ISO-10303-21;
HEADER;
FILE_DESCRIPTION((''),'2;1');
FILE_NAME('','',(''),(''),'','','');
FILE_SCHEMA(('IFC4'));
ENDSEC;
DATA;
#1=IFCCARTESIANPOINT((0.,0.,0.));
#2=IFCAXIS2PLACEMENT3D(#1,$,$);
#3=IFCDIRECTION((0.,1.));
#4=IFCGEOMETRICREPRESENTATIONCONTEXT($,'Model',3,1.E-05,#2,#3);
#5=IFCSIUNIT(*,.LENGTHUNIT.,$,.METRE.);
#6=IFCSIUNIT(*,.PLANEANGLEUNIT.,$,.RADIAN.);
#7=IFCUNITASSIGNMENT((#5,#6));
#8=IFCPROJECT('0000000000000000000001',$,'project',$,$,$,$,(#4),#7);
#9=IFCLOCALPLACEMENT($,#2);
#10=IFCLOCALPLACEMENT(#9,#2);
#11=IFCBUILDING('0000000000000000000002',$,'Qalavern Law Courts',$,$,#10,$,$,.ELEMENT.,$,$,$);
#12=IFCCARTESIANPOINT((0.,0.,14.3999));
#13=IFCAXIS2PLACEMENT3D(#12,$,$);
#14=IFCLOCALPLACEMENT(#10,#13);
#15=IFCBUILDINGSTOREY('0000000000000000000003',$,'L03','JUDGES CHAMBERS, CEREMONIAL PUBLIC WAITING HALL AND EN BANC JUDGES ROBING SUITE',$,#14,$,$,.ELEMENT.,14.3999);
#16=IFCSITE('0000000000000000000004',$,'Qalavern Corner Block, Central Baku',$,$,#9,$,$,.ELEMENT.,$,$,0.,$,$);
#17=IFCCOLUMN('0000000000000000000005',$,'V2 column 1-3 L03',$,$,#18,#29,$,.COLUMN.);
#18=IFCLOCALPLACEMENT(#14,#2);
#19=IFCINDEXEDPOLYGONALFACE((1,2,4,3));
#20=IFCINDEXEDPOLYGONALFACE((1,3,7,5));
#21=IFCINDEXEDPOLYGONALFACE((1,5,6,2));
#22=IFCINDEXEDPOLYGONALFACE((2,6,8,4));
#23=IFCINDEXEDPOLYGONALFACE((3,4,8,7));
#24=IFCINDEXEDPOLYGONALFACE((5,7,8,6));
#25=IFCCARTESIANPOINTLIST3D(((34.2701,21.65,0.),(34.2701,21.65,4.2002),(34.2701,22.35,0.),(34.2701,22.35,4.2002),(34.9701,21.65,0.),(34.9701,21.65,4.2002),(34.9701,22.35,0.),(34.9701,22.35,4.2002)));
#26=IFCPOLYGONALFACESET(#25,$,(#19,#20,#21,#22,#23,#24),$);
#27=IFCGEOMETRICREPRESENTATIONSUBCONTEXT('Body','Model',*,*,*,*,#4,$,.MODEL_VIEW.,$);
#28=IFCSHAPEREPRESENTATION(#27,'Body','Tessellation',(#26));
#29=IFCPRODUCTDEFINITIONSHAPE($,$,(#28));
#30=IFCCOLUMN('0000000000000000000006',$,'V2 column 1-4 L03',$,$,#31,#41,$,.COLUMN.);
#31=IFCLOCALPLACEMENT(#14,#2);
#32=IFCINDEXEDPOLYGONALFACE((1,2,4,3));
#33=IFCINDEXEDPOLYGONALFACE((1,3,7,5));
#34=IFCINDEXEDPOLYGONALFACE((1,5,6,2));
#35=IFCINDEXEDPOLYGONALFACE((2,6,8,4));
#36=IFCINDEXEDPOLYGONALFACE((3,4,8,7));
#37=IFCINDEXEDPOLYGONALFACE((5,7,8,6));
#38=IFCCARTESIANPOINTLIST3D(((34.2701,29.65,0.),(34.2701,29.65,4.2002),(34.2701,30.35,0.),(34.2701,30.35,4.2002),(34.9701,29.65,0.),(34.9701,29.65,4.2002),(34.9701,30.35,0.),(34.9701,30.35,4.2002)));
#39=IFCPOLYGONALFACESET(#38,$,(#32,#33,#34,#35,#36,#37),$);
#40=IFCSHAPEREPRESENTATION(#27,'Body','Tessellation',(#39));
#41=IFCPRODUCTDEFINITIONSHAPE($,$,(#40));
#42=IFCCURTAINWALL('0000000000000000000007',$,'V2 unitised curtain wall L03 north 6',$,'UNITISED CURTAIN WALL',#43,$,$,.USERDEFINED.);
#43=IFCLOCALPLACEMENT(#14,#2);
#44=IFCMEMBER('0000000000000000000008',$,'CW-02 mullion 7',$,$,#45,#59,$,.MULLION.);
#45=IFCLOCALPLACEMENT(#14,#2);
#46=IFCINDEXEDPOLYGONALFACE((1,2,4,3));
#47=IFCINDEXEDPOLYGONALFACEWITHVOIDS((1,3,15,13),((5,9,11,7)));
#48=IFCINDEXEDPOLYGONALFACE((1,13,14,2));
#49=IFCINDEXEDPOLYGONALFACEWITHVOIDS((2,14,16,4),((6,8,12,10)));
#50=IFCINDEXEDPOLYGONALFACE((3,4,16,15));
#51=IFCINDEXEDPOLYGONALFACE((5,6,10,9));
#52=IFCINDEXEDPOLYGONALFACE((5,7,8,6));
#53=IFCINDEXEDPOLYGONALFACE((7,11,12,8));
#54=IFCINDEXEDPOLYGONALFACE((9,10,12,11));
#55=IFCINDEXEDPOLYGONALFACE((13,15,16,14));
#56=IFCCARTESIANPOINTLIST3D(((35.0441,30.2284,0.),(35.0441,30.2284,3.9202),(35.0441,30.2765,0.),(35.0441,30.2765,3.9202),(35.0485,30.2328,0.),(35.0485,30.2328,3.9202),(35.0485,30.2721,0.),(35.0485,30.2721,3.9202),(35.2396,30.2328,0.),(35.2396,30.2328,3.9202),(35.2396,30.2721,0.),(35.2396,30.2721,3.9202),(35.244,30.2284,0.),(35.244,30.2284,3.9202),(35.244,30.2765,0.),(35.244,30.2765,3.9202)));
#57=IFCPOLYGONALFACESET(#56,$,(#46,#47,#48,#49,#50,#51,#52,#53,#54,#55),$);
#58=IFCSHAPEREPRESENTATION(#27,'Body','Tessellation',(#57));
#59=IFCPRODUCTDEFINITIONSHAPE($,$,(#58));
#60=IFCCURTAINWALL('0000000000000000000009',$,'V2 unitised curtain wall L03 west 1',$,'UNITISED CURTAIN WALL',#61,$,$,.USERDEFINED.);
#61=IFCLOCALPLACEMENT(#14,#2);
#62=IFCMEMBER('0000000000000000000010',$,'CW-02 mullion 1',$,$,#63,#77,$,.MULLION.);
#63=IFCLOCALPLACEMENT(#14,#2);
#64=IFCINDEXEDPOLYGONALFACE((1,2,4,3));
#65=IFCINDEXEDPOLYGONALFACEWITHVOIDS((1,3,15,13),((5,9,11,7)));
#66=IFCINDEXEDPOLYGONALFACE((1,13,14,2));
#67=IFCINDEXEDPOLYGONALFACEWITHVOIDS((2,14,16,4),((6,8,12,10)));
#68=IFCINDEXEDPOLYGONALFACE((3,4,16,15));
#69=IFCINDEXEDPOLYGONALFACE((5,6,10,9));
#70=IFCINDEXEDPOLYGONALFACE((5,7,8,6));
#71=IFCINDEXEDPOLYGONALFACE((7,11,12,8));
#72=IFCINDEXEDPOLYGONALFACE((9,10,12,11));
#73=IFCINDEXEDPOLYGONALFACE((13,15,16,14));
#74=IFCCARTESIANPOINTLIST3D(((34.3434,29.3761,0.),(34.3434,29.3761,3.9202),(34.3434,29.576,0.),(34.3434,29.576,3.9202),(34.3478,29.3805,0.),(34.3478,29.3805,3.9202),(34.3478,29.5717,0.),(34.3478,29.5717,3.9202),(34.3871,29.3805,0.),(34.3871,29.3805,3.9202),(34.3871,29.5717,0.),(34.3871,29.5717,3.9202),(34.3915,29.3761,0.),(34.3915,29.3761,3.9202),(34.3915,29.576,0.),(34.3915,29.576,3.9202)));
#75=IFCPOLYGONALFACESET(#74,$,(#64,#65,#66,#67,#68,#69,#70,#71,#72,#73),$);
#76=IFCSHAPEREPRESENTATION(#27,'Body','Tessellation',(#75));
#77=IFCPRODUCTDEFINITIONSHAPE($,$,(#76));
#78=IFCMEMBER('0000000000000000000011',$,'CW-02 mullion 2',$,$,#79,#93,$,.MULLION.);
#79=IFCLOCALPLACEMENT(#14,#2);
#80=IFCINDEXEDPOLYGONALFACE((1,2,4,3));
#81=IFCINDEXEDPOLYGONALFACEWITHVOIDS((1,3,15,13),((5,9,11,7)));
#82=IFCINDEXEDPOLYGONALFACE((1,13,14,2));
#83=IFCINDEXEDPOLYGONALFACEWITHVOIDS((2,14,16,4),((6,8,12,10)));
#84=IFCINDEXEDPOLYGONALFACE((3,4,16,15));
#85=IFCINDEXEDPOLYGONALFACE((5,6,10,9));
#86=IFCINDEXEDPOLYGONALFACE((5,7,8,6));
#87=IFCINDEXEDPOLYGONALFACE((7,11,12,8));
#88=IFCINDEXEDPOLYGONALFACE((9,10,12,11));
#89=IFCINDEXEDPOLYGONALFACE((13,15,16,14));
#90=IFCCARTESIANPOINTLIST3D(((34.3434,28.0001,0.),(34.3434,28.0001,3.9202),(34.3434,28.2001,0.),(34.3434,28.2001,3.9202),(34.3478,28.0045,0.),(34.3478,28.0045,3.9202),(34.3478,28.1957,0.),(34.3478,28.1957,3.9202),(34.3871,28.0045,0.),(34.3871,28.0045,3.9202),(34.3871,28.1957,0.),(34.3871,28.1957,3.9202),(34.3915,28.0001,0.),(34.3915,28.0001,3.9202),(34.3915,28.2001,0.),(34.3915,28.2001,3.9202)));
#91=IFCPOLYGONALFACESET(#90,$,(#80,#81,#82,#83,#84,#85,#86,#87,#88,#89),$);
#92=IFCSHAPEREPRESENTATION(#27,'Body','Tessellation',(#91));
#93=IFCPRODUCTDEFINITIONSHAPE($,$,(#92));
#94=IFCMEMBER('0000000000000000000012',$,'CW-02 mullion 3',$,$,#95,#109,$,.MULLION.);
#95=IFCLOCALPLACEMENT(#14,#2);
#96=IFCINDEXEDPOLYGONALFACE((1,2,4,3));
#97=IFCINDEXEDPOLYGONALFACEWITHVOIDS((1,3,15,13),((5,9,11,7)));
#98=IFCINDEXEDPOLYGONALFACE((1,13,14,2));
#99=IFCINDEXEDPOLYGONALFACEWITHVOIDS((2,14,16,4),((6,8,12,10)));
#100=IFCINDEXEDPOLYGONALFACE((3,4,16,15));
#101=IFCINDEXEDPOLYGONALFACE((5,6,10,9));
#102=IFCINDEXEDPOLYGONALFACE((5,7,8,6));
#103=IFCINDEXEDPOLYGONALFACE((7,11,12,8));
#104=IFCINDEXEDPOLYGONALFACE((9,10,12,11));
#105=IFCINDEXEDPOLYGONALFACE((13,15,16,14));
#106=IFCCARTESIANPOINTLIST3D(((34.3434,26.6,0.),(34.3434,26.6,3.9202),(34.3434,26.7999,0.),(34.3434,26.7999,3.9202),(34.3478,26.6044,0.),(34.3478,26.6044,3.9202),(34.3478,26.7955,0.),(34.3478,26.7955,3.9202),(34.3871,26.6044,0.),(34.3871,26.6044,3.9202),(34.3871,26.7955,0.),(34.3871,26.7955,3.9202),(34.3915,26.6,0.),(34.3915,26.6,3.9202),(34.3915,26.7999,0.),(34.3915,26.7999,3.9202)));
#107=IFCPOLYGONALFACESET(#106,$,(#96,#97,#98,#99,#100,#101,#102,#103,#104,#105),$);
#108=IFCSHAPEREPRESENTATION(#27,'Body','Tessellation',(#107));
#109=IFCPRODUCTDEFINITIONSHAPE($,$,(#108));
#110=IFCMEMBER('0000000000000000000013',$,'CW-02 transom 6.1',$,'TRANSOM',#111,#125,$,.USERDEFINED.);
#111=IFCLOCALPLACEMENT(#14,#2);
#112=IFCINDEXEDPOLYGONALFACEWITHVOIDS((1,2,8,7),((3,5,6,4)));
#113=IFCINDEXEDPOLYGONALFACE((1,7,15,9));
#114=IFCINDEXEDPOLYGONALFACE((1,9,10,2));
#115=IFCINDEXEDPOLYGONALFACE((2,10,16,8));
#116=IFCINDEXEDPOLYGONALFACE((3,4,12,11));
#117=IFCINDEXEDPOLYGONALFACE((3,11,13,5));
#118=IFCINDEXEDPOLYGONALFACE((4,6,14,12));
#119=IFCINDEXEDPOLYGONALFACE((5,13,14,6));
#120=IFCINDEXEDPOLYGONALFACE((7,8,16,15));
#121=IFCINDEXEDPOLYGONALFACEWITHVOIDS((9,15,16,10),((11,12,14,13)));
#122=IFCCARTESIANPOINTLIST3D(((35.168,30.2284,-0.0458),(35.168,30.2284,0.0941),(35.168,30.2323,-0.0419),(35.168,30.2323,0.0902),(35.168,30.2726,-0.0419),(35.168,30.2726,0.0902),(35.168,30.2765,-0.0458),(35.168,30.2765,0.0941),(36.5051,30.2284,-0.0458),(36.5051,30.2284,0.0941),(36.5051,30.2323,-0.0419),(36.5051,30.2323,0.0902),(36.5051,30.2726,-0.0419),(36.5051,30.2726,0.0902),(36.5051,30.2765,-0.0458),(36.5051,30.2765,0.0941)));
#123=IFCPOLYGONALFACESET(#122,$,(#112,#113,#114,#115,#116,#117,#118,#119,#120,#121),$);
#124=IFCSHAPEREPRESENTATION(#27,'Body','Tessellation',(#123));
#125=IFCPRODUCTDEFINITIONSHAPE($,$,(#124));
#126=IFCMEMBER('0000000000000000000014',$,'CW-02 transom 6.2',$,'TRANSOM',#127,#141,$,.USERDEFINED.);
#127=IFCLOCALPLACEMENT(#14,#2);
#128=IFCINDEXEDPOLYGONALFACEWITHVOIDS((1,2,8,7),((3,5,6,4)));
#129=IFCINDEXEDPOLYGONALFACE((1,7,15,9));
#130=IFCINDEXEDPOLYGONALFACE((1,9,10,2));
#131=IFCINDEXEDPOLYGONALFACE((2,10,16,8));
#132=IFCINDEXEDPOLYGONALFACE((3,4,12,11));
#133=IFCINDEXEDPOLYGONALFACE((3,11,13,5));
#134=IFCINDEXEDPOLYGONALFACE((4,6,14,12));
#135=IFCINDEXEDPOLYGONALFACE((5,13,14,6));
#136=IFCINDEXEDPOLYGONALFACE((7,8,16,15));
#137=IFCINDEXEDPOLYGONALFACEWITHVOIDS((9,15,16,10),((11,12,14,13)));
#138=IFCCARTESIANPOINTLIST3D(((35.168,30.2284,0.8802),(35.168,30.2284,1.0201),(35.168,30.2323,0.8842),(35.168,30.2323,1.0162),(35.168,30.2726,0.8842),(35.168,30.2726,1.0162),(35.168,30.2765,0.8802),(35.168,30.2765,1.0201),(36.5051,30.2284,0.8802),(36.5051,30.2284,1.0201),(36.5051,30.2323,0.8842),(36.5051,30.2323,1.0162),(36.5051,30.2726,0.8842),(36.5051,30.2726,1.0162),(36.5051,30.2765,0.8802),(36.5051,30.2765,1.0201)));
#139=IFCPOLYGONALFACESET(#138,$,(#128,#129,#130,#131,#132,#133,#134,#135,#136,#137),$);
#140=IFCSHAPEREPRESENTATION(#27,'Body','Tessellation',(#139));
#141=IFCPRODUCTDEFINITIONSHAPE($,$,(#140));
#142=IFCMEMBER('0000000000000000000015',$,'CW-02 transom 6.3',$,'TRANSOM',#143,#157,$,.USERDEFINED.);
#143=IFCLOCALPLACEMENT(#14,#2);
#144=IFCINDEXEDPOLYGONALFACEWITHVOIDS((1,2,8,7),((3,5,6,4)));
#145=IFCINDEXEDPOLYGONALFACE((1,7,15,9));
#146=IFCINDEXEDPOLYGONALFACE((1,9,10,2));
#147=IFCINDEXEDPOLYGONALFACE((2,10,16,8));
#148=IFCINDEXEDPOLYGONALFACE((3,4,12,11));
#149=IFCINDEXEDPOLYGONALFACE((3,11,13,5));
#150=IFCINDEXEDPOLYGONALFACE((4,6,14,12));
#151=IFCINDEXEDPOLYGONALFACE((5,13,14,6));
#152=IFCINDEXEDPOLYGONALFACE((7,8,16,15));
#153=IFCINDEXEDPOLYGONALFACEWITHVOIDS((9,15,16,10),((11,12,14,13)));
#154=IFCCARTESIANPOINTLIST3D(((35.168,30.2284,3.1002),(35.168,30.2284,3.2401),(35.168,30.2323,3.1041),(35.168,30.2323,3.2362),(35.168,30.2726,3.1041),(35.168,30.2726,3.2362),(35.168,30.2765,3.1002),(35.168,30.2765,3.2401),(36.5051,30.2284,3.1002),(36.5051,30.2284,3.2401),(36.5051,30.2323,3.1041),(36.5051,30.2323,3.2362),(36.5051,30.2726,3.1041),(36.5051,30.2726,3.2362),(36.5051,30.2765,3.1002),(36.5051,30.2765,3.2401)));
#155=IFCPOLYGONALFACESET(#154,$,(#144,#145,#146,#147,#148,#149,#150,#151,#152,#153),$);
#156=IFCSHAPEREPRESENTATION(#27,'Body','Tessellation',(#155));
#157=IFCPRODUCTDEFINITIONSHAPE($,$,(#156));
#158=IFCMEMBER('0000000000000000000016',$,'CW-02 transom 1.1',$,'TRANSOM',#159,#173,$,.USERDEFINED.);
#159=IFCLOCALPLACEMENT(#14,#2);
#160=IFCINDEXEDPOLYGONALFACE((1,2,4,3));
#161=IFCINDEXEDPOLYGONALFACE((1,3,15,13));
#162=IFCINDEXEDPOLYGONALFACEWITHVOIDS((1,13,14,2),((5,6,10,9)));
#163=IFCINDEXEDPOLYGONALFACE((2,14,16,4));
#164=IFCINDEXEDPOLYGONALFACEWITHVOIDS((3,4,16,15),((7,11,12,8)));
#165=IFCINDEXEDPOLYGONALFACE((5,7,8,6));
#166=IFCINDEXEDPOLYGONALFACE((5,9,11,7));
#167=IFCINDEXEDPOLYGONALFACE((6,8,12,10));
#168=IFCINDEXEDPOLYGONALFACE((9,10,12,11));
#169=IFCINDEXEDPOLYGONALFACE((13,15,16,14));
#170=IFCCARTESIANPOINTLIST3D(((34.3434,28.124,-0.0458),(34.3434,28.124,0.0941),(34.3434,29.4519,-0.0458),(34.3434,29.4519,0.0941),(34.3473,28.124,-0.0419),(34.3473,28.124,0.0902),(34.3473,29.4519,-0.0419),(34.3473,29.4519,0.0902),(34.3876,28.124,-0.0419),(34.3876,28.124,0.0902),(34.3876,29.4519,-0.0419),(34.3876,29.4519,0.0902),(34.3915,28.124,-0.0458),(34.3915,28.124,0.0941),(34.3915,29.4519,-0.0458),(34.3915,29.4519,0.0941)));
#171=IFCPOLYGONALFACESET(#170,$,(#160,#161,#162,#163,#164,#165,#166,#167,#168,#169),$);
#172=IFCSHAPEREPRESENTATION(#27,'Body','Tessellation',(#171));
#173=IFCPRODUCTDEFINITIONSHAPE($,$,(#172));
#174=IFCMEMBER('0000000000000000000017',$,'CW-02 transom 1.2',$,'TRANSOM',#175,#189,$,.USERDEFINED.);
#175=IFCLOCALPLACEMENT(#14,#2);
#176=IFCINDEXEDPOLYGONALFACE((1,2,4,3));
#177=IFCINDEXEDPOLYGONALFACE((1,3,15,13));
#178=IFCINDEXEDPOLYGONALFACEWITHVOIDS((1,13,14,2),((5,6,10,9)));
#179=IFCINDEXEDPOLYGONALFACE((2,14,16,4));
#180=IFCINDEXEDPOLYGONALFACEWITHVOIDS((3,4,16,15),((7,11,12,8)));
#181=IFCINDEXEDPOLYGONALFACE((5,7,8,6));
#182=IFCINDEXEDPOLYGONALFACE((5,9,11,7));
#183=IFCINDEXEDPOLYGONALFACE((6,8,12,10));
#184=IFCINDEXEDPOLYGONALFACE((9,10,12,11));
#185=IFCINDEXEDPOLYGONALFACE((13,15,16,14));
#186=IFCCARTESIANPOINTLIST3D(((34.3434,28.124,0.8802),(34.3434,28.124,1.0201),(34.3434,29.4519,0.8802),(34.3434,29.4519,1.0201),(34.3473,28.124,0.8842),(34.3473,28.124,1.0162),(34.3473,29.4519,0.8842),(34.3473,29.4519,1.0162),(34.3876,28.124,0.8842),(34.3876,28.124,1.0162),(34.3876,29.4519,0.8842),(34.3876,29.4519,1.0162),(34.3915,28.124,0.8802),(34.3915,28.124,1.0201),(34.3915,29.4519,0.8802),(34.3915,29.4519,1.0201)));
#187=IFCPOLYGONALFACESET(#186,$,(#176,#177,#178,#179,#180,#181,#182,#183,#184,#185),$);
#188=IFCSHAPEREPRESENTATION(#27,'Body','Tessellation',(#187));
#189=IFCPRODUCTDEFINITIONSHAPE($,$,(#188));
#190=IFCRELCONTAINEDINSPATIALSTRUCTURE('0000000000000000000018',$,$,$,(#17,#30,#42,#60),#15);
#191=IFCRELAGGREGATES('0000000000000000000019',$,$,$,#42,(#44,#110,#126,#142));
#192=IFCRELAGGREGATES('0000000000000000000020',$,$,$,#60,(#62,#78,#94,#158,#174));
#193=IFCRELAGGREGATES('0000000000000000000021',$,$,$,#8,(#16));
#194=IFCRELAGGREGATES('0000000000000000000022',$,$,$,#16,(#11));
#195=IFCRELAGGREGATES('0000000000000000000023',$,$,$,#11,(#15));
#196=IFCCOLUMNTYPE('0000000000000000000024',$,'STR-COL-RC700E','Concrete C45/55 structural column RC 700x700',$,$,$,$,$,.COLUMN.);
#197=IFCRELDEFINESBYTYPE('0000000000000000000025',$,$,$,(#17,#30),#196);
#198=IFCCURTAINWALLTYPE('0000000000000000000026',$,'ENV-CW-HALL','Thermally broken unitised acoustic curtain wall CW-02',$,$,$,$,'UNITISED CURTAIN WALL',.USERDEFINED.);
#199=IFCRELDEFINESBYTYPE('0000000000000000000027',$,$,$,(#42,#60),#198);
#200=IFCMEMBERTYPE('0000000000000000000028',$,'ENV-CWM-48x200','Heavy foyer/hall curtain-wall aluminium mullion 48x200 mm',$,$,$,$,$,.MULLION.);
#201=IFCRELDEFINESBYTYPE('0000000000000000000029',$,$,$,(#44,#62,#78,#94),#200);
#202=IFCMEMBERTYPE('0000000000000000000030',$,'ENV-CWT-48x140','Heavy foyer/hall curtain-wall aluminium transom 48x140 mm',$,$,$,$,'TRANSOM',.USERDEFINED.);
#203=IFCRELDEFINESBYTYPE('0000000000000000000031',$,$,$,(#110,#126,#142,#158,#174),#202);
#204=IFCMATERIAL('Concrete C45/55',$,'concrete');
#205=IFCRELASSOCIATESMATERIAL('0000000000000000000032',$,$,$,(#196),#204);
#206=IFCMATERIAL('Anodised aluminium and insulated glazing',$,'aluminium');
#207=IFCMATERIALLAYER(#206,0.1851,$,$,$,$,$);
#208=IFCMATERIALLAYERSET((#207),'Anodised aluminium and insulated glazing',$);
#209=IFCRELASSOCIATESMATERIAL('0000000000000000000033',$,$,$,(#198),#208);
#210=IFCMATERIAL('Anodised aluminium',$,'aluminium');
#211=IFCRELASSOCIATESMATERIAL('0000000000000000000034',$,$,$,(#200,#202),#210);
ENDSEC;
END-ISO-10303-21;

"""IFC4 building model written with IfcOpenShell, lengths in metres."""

from ifc_helpers import new_model, si_unit, direction, frame, origin, origin_2d, place, context, subcontext, project, spatial, rectangle, hollow_rectangle, extrude, material, layer, layer_set, material_profile, profile_set, type_object, element, aggregate, save


model = new_model("IFC4")

# Units and contexts
model_context = context("Model", 3, precision=1e-05, world=origin(), true_north=direction((0.0, 1.0)))
body_context = subcontext(model_context, "Body", "Model", "MODEL_VIEW")
ifc_project = project(units=[si_unit("LENGTHUNIT", "METRE"), si_unit("PLANEANGLEUNIT", "RADIAN")], contexts=[model_context])

# Site, building, storey
site_placement = place(None, origin())
site = spatial("IfcSite", under=ifc_project, at=site_placement, Name="Qalavern Corner Block, Central Baku", CompositionType="ELEMENT", RefElevation=0.0)
building_placement = place(site_placement, origin())
building = spatial("IfcBuilding", under=site, at=building_placement, Name="Qalavern Law Courts", CompositionType="ELEMENT")
storey_placement = place(building_placement, frame((0.0, 0.0, 14.3999)))
storey = spatial("IfcBuildingStorey", under=building, at=storey_placement, Name="L03", Description="JUDGES CHAMBERS, CEREMONIAL PUBLIC WAITING HALL AND EN BANC JUDGES ROBING SUITE", CompositionType="ELEMENT", Elevation=14.3999)

# Columns
ifc_material_1 = material(Name="Concrete C45/55", Category="concrete")
ifc_material_profile_1 = material_profile(ifc_material_1, rectangle(XDim=0.7, YDim=0.7, at=origin_2d()), Name="RC 700x700")
ifc_profile_set_1 = profile_set([ifc_material_profile_1], Name="Concrete C45/55")
column_type = type_object("IfcColumnType", Name="STR-COL-RC700E", Description="Concrete C45/55 structural column RC 700x700", PredefinedType="COLUMN", material=ifc_profile_set_1)
for number, where, z_axis, x_axis, name in (
    (1, (34.6201, 22.0, 0.0), (0.0, 0.0, 1.0), (1.0, 0.0, 0.0), "V2 column 1-3 L03"),
    (2, (34.6201, 30.0, 0.0), (0.0, 0.0, 1.0), (1.0, 0.0, 0.0), "V2 column 1-4 L03"),
):
    element("IfcColumn", number, at=place(storey_placement, frame(where, z_axis=z_axis, x_axis=x_axis)), inside=storey, type_object=column_type, Name=name, PredefinedType="COLUMN", context=body_context, shape_type="SweptSolid", body=[
        extrude(rectangle(XDim=0.7, YDim=0.7, at=origin_2d()), origin(), (0.0, 0.0, 1.0), 4.2002),
    ])

# Curtain wall, member
ifc_material_2 = material(Name="Anodised aluminium and insulated glazing", Category="aluminium")
ifc_layer_1 = layer(ifc_material_2, 0.1851)
ifc_layer_set_1 = layer_set([ifc_layer_1], Name="Anodised aluminium and insulated glazing")
curtain_wall_type = type_object("IfcCurtainWallType", Name="ENV-CW-HALL", Description="Thermally broken unitised acoustic curtain wall CW-02", ElementType="UNITISED CURTAIN WALL", PredefinedType="USERDEFINED", material=ifc_layer_set_1)
curtain_wall_1_placement = place(storey_placement, origin())
curtain_wall_1 = element("IfcCurtainWall", 3, at=curtain_wall_1_placement, inside=storey, type_object=curtain_wall_type, Name="V2 unitised curtain wall L03 north 6", ObjectType="UNITISED CURTAIN WALL", PredefinedType="USERDEFINED")
ifc_material_3 = material(Name="Anodised aluminium", Category="aluminium")
ifc_material_profile_2 = material_profile(ifc_material_3, hollow_rectangle(XDim=0.0481, YDim=0.2, WallThickness=0.0044, at=origin_2d()), Name="ALU MULLION 48x200")
ifc_profile_set_2 = profile_set([ifc_material_profile_2], Name="Anodised aluminium")
member_type_1 = type_object("IfcMemberType", Name="ENV-CWM-48x200", Description="Heavy foyer/hall curtain-wall aluminium mullion 48x200 mm", PredefinedType="MULLION", material=ifc_profile_set_2)
member_1_placement = place(storey_placement, frame((35.144, 30.2524, 0.0), z_axis=(0.0, 0.0, 1.0), x_axis=(0.0, -1.0, 0.0)))
member_1 = element("IfcMember", 4, at=member_1_placement, type_object=member_type_1, Name="CW-02 mullion 7", PredefinedType="MULLION", context=body_context, shape_type="SweptSolid", body=[
    extrude(hollow_rectangle(XDim=0.0481, YDim=0.2, WallThickness=0.0044, at=origin_2d()), origin(), (0.0, 0.0, 1.0), 3.9202),
])

# Curtain wall, members
curtain_wall_2_placement = place(storey_placement, origin())
curtain_wall_2 = element("IfcCurtainWall", 5, at=curtain_wall_2_placement, inside=storey, type_object=curtain_wall_type, Name="V2 unitised curtain wall L03 west 1", ObjectType="UNITISED CURTAIN WALL", PredefinedType="USERDEFINED")
member_2_placement = place(storey_placement, frame((34.3674, 29.4761, 0.0), z_axis=(0.0, 0.0, 1.0), x_axis=(1.0, 0.0, 0.0)))
member_2 = element("IfcMember", 6, at=member_2_placement, type_object=member_type_1, Name="CW-02 mullion 1", PredefinedType="MULLION", context=body_context, shape_type="SweptSolid", body=[
    extrude(hollow_rectangle(XDim=0.0481, YDim=0.2, WallThickness=0.0044, at=origin_2d()), origin(), (0.0, 0.0, 1.0), 3.9202),
])
member_3_placement = place(storey_placement, frame((34.3674, 28.1001, 0.0), z_axis=(0.0, 0.0, 1.0), x_axis=(1.0, 0.0, 0.0)))
member_3 = element("IfcMember", 7, at=member_3_placement, type_object=member_type_1, Name="CW-02 mullion 2", PredefinedType="MULLION", context=body_context, shape_type="SweptSolid", body=[
    extrude(hollow_rectangle(XDim=0.0481, YDim=0.2, WallThickness=0.0044, at=origin_2d()), origin(), (0.0, 0.0, 1.0), 3.9202),
])
member_4_placement = place(storey_placement, frame((34.3674, 26.7, 0.0), z_axis=(0.0, 0.0, 1.0), x_axis=(1.0, 0.0, 0.0)))
member_4 = element("IfcMember", 8, at=member_4_placement, type_object=member_type_1, Name="CW-02 mullion 3", PredefinedType="MULLION", context=body_context, shape_type="SweptSolid", body=[
    extrude(hollow_rectangle(XDim=0.0481, YDim=0.2, WallThickness=0.0044, at=origin_2d()), origin(), (0.0, 0.0, 1.0), 3.9202),
])

# Members
ifc_material_profile_3 = material_profile(ifc_material_3, hollow_rectangle(XDim=0.0481, YDim=0.1399, WallThickness=0.0039, at=origin_2d()), Name="ALU TRANSOM 48x140")
ifc_profile_set_3 = profile_set([ifc_material_profile_3], Name="Anodised aluminium")
member_type_2 = type_object("IfcMemberType", Name="ENV-CWT-48x140", Description="Heavy foyer/hall curtain-wall aluminium transom 48x140 mm", ElementType="TRANSOM", PredefinedType="USERDEFINED", material=ifc_profile_set_3)
member_5_placement = place(storey_placement, frame((36.5051, 30.2524, 0.0242), z_axis=(-1.0, 0.0, 0.0), x_axis=(0.0, -1.0, 0.0)))
member_5 = element("IfcMember", 9, at=member_5_placement, type_object=member_type_2, Name="CW-02 transom 6.1", ObjectType="TRANSOM", PredefinedType="USERDEFINED", context=body_context, shape_type="SweptSolid", body=[
    extrude(hollow_rectangle(XDim=0.0481, YDim=0.1399, WallThickness=0.0039, at=origin_2d()), origin(), (0.0, 0.0, 1.0), 1.3372),
])
member_6_placement = place(storey_placement, frame((36.5051, 30.2524, 0.9502), z_axis=(-1.0, 0.0, 0.0), x_axis=(0.0, -1.0, 0.0)))
member_6 = element("IfcMember", 10, at=member_6_placement, type_object=member_type_2, Name="CW-02 transom 6.2", ObjectType="TRANSOM", PredefinedType="USERDEFINED", context=body_context, shape_type="SweptSolid", body=[
    extrude(hollow_rectangle(XDim=0.0481, YDim=0.1399, WallThickness=0.0039, at=origin_2d()), origin(), (0.0, 0.0, 1.0), 1.3372),
])
member_7_placement = place(storey_placement, frame((36.5051, 30.2524, 3.1702), z_axis=(-1.0, 0.0, 0.0), x_axis=(0.0, -1.0, 0.0)))
member_7 = element("IfcMember", 11, at=member_7_placement, type_object=member_type_2, Name="CW-02 transom 6.3", ObjectType="TRANSOM", PredefinedType="USERDEFINED", context=body_context, shape_type="SweptSolid", body=[
    extrude(hollow_rectangle(XDim=0.0481, YDim=0.1399, WallThickness=0.0039, at=origin_2d()), origin(), (0.0, 0.0, 1.0), 1.3372),
])
member_8_placement = place(storey_placement, frame((34.3674, 29.4519, 0.0242), z_axis=(0.0, -1.0, 0.0), x_axis=(1.0, 0.0, 0.0)))
member_8 = element("IfcMember", 12, at=member_8_placement, type_object=member_type_2, Name="CW-02 transom 1.1", ObjectType="TRANSOM", PredefinedType="USERDEFINED", context=body_context, shape_type="SweptSolid", body=[
    extrude(hollow_rectangle(XDim=0.0481, YDim=0.1399, WallThickness=0.0039, at=origin_2d()), origin(), (0.0, 0.0, 1.0), 1.3279),
])
member_9_placement = place(storey_placement, frame((34.3674, 29.4519, 0.9502), z_axis=(0.0, -1.0, 0.0), x_axis=(1.0, 0.0, 0.0)))
member_9 = element("IfcMember", 13, at=member_9_placement, type_object=member_type_2, Name="CW-02 transom 1.2", ObjectType="TRANSOM", PredefinedType="USERDEFINED", context=body_context, shape_type="SweptSolid", body=[
    extrude(hollow_rectangle(XDim=0.0481, YDim=0.1399, WallThickness=0.0039, at=origin_2d()), origin(), (0.0, 0.0, 1.0), 1.3279),
])

aggregate(curtain_wall_1, [member_1, member_5, member_6, member_7])
aggregate(curtain_wall_2, [member_2, member_3, member_4, member_8, member_9])

save(model, "model.ifc")
